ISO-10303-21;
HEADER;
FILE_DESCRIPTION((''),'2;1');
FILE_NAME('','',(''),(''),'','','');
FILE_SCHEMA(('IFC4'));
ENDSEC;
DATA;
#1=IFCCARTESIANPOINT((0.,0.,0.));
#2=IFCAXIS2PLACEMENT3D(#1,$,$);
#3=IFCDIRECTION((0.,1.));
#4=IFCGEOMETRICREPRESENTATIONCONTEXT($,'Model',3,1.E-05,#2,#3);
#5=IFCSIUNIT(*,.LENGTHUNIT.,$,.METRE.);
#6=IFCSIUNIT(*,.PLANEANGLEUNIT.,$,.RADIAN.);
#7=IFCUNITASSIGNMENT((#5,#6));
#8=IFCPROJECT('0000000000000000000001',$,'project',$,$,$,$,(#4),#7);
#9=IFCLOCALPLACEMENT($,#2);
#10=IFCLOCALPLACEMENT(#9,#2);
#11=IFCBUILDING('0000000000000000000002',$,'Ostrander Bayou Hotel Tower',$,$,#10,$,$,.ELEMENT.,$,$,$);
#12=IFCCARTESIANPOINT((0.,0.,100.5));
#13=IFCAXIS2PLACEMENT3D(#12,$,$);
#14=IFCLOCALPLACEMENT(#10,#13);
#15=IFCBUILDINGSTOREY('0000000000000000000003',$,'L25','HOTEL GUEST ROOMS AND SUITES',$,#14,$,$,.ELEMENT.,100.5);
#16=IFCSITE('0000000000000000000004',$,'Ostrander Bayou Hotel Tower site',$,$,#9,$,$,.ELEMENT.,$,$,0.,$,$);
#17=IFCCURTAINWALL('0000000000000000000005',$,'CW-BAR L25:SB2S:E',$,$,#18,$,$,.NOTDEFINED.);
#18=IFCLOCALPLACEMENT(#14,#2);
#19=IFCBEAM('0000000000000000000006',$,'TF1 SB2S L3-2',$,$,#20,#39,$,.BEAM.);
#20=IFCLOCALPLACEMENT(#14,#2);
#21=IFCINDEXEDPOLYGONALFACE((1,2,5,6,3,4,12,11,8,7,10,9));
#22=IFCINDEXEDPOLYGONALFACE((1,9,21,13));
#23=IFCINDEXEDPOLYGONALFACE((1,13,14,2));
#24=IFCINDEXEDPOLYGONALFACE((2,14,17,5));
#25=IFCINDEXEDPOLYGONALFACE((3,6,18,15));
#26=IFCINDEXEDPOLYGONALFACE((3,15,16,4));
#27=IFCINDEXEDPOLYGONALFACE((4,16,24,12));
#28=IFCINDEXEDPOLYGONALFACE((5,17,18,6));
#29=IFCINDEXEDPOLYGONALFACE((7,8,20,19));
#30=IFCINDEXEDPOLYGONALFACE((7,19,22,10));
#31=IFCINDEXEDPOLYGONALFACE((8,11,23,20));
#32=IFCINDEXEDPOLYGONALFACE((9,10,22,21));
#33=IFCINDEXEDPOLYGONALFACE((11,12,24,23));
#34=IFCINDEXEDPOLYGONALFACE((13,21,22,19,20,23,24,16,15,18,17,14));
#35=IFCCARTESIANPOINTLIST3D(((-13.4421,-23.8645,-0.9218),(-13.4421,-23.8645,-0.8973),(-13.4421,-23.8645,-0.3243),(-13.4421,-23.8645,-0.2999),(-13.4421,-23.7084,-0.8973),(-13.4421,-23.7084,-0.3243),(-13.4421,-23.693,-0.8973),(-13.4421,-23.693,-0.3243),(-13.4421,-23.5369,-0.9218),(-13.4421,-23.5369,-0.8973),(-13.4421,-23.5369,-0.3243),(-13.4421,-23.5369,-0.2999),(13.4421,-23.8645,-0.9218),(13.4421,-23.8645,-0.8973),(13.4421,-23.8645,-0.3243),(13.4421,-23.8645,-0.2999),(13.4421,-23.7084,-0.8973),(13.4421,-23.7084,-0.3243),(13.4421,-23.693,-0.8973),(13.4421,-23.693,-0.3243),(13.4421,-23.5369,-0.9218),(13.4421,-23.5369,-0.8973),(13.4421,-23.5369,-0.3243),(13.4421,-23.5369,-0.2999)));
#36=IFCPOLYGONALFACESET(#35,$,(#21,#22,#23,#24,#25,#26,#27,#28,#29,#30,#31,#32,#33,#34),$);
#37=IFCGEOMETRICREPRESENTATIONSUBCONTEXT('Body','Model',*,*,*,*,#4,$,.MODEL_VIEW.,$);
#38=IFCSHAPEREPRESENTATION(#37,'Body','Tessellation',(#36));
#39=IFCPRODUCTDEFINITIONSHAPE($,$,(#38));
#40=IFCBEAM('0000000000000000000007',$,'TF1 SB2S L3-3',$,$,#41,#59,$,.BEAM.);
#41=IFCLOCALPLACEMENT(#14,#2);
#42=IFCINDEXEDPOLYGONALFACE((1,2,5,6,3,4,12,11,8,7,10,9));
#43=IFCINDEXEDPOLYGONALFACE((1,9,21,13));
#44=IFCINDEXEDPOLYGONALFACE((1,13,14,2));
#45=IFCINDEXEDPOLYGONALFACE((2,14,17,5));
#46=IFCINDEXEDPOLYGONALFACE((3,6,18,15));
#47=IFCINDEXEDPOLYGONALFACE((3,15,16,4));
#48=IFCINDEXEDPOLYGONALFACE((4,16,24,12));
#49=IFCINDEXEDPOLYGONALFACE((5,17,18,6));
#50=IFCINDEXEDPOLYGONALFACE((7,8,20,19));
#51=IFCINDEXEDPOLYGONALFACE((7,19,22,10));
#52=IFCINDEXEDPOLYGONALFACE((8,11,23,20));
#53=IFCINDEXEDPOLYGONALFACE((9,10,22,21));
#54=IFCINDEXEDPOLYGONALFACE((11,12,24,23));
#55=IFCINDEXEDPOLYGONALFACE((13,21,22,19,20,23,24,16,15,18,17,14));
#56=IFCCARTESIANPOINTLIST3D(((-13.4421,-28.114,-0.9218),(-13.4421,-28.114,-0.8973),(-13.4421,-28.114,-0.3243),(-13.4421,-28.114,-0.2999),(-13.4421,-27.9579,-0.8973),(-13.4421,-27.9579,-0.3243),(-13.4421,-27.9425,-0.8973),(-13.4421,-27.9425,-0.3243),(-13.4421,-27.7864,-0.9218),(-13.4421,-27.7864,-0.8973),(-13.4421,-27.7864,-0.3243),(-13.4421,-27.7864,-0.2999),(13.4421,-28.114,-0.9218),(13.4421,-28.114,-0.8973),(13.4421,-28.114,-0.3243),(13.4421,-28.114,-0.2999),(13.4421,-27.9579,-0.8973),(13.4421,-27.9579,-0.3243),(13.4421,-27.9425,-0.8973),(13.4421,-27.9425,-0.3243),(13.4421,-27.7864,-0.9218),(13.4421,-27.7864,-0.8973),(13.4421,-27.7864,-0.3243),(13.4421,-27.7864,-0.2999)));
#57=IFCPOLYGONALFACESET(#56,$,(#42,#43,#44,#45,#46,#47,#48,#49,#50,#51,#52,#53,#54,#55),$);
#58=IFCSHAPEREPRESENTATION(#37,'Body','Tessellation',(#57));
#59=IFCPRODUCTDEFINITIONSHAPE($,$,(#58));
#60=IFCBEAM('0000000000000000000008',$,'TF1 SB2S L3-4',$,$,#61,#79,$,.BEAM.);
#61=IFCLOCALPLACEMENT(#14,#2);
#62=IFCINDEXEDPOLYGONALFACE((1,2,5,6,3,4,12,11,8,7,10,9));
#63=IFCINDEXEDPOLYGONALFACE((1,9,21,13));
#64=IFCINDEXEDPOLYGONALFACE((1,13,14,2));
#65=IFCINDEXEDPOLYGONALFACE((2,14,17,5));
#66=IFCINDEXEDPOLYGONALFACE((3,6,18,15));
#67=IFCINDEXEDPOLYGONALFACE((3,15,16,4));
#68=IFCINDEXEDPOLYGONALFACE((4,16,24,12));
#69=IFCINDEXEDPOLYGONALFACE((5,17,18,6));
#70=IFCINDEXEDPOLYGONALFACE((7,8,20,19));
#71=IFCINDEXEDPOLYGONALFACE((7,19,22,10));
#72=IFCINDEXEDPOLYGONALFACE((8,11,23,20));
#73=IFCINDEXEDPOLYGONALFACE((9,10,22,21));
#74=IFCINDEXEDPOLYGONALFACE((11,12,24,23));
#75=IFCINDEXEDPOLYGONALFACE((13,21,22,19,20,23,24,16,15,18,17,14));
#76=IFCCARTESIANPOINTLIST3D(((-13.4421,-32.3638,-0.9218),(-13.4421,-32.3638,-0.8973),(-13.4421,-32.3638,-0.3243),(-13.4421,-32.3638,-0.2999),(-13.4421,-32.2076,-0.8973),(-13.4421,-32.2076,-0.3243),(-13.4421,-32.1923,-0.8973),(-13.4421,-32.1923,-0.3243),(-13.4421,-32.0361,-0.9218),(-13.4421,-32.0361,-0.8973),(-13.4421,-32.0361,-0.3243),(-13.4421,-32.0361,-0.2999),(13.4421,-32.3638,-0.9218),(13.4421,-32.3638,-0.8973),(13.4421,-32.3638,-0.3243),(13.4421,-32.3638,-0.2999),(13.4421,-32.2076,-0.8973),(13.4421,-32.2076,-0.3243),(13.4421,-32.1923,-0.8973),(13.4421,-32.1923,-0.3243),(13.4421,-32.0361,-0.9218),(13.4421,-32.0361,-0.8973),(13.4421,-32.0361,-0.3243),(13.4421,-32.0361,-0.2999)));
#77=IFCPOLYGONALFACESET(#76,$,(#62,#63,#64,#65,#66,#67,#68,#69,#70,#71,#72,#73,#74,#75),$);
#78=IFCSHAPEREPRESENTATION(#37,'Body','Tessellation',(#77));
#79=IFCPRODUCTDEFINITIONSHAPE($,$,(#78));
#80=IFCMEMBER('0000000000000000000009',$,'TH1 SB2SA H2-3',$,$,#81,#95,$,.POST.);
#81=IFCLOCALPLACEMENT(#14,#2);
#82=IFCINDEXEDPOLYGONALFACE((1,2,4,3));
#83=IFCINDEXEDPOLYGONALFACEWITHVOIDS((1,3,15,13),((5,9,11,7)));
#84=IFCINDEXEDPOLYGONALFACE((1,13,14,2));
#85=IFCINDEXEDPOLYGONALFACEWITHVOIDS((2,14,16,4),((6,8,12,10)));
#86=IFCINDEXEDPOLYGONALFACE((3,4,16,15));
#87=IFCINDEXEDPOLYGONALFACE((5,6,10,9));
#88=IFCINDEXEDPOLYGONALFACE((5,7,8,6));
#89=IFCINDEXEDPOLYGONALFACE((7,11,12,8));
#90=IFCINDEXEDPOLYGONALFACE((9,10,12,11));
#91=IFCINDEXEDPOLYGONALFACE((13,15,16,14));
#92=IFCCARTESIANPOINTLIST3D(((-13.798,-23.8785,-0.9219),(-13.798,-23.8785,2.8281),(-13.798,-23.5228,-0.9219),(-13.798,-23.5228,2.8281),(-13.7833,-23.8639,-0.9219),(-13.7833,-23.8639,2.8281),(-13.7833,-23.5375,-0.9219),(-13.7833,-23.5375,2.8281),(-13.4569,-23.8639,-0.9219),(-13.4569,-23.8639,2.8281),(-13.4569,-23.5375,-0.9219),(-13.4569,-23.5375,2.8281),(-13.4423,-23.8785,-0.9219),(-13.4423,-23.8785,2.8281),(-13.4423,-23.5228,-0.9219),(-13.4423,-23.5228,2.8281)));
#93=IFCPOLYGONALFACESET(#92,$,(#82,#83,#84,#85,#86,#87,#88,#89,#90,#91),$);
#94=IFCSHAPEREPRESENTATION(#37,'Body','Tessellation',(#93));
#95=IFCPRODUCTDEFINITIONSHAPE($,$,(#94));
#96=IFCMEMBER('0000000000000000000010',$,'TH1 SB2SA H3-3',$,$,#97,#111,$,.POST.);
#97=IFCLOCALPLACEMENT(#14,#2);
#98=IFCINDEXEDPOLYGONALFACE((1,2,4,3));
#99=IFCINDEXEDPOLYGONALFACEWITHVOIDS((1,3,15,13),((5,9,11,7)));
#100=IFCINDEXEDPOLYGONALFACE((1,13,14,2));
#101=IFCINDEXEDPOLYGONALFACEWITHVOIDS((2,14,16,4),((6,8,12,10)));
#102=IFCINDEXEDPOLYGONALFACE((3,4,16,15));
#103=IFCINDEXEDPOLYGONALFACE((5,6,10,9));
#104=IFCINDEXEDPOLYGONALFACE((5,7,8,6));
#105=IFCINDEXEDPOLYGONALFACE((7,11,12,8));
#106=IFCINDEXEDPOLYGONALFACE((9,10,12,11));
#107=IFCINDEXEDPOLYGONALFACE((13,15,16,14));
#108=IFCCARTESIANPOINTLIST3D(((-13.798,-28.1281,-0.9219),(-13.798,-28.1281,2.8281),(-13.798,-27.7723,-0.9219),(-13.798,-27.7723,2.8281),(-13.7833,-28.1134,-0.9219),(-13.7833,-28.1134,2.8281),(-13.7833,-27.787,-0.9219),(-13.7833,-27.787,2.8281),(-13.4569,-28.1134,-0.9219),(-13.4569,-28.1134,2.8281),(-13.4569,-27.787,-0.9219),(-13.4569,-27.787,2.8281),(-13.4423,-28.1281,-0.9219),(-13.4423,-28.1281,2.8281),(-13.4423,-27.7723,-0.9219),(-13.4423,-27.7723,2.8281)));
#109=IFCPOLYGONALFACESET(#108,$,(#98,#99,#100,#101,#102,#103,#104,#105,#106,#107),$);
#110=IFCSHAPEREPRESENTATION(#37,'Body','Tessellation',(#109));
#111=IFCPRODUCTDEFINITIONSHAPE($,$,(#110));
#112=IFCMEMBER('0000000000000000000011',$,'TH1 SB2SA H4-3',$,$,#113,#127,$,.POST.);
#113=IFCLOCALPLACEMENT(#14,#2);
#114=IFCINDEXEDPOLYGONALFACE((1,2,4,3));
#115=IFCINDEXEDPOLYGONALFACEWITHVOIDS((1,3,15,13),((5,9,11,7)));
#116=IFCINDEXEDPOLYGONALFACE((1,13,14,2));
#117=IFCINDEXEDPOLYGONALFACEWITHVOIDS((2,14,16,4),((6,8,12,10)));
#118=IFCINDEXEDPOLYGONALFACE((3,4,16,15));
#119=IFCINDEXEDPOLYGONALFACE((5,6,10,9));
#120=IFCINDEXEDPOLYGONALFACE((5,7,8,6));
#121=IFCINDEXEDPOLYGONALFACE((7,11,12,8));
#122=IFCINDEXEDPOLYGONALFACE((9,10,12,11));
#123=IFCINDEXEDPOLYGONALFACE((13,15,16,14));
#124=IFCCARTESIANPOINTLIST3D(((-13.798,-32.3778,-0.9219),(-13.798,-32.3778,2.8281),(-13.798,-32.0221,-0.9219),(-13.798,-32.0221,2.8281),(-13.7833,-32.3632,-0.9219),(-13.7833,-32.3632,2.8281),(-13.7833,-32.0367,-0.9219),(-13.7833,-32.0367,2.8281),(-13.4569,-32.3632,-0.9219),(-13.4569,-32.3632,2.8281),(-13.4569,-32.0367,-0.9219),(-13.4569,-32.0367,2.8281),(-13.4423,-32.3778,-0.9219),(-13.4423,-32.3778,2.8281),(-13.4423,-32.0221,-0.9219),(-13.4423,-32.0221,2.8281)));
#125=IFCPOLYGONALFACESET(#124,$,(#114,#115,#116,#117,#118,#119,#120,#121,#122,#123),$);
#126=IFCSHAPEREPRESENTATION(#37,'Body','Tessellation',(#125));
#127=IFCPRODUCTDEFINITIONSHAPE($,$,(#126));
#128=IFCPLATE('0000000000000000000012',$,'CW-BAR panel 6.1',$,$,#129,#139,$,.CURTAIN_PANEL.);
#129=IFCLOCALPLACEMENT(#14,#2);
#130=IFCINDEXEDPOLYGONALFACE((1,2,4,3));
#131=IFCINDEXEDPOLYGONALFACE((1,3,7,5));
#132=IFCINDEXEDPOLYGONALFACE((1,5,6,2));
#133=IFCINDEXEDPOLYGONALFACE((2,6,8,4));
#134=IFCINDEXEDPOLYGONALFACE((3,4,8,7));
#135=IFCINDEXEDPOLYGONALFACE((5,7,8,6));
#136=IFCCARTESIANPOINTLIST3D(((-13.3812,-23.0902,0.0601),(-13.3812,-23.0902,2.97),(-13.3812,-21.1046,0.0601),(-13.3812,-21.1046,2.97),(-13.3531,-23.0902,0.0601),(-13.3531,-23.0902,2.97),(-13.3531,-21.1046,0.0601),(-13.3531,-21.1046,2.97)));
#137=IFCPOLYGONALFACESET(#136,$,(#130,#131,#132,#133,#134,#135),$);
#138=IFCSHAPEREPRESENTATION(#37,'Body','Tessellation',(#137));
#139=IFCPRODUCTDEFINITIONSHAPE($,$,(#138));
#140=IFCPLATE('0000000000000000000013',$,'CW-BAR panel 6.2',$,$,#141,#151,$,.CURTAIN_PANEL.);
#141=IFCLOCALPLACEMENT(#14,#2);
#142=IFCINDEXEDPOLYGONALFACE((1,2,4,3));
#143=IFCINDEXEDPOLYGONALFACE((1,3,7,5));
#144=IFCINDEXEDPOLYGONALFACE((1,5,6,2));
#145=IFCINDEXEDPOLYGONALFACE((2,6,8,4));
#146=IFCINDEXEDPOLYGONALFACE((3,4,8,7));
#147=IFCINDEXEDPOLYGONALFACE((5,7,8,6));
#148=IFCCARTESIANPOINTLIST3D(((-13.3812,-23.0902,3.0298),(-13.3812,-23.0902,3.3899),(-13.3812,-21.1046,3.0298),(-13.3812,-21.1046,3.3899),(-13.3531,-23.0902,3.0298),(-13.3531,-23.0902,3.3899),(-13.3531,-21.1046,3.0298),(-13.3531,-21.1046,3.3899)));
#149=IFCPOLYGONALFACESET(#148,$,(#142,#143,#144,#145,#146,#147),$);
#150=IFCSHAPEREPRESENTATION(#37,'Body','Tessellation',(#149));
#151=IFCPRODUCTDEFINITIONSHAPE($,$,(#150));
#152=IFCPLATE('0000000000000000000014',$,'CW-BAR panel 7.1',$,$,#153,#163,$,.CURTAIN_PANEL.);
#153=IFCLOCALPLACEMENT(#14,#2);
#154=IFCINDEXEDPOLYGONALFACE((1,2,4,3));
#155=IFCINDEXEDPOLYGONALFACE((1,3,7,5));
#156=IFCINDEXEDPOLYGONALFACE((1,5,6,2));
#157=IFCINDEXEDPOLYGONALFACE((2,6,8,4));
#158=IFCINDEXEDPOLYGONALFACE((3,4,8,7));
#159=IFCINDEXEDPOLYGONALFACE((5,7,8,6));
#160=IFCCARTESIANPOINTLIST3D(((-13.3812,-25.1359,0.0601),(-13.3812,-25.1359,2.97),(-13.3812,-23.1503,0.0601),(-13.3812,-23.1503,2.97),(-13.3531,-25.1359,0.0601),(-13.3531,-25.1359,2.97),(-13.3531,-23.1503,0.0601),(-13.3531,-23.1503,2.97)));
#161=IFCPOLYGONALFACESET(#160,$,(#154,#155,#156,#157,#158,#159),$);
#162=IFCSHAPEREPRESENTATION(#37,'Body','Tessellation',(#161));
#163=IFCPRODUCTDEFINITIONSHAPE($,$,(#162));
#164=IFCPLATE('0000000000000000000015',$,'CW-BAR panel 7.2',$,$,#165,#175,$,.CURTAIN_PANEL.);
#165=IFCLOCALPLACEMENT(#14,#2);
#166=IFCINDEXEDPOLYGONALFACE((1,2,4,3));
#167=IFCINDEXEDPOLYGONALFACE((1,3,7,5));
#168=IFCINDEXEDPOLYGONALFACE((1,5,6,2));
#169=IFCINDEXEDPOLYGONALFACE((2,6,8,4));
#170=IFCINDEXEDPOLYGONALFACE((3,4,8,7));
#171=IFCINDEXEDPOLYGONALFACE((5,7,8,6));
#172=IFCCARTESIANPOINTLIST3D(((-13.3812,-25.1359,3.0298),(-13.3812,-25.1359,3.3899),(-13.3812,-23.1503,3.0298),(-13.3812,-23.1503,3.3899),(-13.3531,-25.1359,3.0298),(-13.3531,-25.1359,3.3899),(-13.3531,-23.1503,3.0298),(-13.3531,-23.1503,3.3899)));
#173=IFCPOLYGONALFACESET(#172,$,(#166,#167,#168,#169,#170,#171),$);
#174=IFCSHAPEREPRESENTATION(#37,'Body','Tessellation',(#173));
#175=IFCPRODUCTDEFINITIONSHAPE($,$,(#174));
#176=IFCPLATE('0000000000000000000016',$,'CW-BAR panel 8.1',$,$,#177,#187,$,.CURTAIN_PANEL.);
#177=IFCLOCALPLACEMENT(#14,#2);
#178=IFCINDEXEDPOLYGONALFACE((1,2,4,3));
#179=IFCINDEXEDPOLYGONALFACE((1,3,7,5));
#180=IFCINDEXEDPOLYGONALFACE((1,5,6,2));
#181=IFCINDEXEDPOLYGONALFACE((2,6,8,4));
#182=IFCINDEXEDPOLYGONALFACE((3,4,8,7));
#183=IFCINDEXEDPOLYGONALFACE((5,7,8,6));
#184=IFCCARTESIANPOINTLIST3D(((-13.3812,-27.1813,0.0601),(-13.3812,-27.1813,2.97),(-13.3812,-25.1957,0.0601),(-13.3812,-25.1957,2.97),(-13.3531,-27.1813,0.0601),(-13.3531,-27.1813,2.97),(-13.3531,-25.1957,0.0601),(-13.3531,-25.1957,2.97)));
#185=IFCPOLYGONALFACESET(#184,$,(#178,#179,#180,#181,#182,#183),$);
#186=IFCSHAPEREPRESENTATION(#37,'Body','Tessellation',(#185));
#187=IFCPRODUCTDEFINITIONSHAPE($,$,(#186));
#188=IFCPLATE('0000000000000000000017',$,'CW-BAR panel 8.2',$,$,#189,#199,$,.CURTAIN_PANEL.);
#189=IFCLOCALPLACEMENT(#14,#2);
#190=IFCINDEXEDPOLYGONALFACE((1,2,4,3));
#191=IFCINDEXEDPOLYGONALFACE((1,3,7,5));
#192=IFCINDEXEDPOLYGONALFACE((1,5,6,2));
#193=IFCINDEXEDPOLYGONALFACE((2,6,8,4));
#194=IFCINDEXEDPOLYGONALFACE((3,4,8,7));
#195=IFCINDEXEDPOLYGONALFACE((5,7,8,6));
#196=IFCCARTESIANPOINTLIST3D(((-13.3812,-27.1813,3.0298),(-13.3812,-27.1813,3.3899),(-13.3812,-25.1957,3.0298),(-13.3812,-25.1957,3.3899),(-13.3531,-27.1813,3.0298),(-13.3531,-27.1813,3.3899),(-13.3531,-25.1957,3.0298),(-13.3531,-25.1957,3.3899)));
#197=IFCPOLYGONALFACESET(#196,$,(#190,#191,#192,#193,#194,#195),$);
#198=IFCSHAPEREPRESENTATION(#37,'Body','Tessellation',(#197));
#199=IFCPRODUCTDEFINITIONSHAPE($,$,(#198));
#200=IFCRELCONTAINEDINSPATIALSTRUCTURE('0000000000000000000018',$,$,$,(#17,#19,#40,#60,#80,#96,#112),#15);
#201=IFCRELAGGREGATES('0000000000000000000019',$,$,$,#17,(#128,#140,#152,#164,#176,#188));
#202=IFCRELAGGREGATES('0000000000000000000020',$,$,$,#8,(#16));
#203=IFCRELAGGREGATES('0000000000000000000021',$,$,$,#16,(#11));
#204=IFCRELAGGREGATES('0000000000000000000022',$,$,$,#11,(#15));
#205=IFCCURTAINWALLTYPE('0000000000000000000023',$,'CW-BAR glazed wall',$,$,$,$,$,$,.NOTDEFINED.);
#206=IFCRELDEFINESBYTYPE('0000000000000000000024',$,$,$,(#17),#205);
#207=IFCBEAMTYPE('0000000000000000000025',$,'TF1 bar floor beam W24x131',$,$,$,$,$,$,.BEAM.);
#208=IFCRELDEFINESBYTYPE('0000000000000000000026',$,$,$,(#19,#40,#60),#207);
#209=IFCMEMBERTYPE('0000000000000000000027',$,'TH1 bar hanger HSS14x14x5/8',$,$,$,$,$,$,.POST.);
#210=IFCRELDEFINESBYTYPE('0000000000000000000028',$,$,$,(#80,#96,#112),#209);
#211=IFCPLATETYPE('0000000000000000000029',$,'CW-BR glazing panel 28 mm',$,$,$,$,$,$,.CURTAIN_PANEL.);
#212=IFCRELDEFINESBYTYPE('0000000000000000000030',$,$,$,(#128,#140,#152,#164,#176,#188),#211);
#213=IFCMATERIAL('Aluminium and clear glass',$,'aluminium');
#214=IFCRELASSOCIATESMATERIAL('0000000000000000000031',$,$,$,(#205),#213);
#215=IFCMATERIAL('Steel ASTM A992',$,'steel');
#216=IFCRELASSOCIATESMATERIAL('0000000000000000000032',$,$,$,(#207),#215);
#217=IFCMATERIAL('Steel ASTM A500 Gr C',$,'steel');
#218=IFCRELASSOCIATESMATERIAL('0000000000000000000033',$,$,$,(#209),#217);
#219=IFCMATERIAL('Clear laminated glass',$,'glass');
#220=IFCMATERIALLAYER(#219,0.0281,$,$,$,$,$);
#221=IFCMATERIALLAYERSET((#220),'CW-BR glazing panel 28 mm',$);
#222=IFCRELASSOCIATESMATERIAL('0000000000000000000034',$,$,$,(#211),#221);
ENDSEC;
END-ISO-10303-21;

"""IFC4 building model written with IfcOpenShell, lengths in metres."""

from ifc_helpers import new_model, si_unit, direction, frame, origin, origin_2d, place, context, subcontext, project, spatial, rectangle, hollow_rectangle, i_section, extrude, material, layer, layer_set, material_profile, profile_set, type_object, element, aggregate, save


model = new_model("IFC4")

# Units and contexts
model_context = context("Model", 3, precision=1e-05, world=origin(), true_north=direction((0.0, 1.0)))
body_context = subcontext(model_context, "Body", "Model", "MODEL_VIEW")
ifc_project = project(units=[si_unit("LENGTHUNIT", "METRE"), si_unit("PLANEANGLEUNIT", "RADIAN")], contexts=[model_context])

# Site, building, storey
site_placement = place(None, origin())
site = spatial("IfcSite", under=ifc_project, at=site_placement, Name="Ostrander Bayou Hotel Tower site", CompositionType="ELEMENT", RefElevation=0.0)
building_placement = place(site_placement, origin())
building = spatial("IfcBuilding", under=site, at=building_placement, Name="Ostrander Bayou Hotel Tower", CompositionType="ELEMENT")
storey_placement = place(building_placement, frame((0.0, 0.0, 100.5)))
storey = spatial("IfcBuildingStorey", under=building, at=storey_placement, Name="L25", Description="HOTEL GUEST ROOMS AND SUITES", CompositionType="ELEMENT", Elevation=100.5)

# Curtain wall
ifc_material_1 = material(Name="Aluminium and clear glass", Category="aluminium")
curtain_wall_type = type_object("IfcCurtainWallType", Name="CW-BAR glazed wall", PredefinedType="NOTDEFINED", material=ifc_material_1)
curtain_wall_placement = place(storey_placement, origin())
curtain_wall = element("IfcCurtainWall", 1, at=curtain_wall_placement, inside=storey, type_object=curtain_wall_type, Name="CW-BAR L25:SB2S:E", PredefinedType="NOTDEFINED")

# Beams
ifc_material_2 = material(Name="Steel ASTM A992", Category="steel")
ifc_material_profile_1 = material_profile(ifc_material_2, i_section(OverallWidth=0.3276, OverallDepth=0.6218, WebThickness=0.0154, FlangeThickness=0.0244, at=origin_2d()))
ifc_profile_set_1 = profile_set([ifc_material_profile_1], Name="Steel ASTM A992")
beam_type = type_object("IfcBeamType", Name="TF1 bar floor beam W24x131", PredefinedType="BEAM", material=ifc_profile_set_1)
for number, where, z_axis, x_axis, name in (
    (2, (-13.4421, -23.7007, -0.6108), (1.0, 0.0, 0.0), (0.0, 1.0, 0.0), "TF1 SB2S L3-2"),
    (3, (-13.4421, -27.9502, -0.6108), (1.0, 0.0, 0.0), (0.0, 1.0, 0.0), "TF1 SB2S L3-3"),
    (4, (-13.4421, -32.2, -0.6108), (1.0, 0.0, 0.0), (0.0, 1.0, 0.0), "TF1 SB2S L3-4"),
):
    element("IfcBeam", number, at=place(storey_placement, frame(where, z_axis=z_axis, x_axis=x_axis)), inside=storey, type_object=beam_type, Name=name, PredefinedType="BEAM", context=body_context, shape_type="SweptSolid", body=[
        extrude(i_section(OverallWidth=0.3276, OverallDepth=0.6218, WebThickness=0.0154, FlangeThickness=0.0244, at=origin_2d()), origin(), (0.0, 0.0, 1.0), 26.8843),
    ])

# Members
ifc_material_3 = material(Name="Steel ASTM A500 Gr C", Category="steel")
ifc_material_profile_2 = material_profile(ifc_material_3, hollow_rectangle(XDim=0.3557, YDim=0.3557, WallThickness=0.0146, at=origin_2d()))
ifc_profile_set_2 = profile_set([ifc_material_profile_2], Name="Steel ASTM A500 Gr C")
member_type_1 = type_object("IfcMemberType", Name="TH1 bar hanger HSS14x14x5/8", PredefinedType="POST", material=ifc_profile_set_2)
for number, where, z_axis, x_axis, name in (
    (5, (-13.6201, -23.7007, -0.9219), (0.0, 0.0, 1.0), (1.0, 0.0, 0.0), "TH1 SB2SA H2-3"),
    (6, (-13.6201, -27.9502, -0.9219), (0.0, 0.0, 1.0), (1.0, 0.0, 0.0), "TH1 SB2SA H3-3"),
    (7, (-13.6201, -32.2, -0.9219), (0.0, 0.0, 1.0), (1.0, 0.0, 0.0), "TH1 SB2SA H4-3"),
):
    element("IfcMember", number, at=place(storey_placement, frame(where, z_axis=z_axis, x_axis=x_axis)), inside=storey, type_object=member_type_1, Name=name, PredefinedType="POST", context=body_context, shape_type="SweptSolid", body=[
        extrude(hollow_rectangle(XDim=0.3557, YDim=0.3557, WallThickness=0.0146, at=origin_2d()), origin(), (0.0, 0.0, 1.0), 3.75),
    ])

# Plates
ifc_material_4 = material(Name="Clear laminated glass", Category="glass")
ifc_layer_1 = layer(ifc_material_4, 0.0281)
ifc_layer_set_1 = layer_set([ifc_layer_1], Name="CW-BR glazing panel 28 mm")
plate_type = type_object("IfcPlateType", Name="CW-BR glazing panel 28 mm", PredefinedType="CURTAIN_PANEL", material=ifc_layer_set_1)
plate_1_placement = place(storey_placement, frame((-13.3672, -22.0974, 0.0601), z_axis=(0.0, 0.0, 1.0), x_axis=(0.0, -1.0, 0.0)))
plate_1 = element("IfcPlate", 8, at=plate_1_placement, type_object=plate_type, Name="CW-BAR panel 6.1", PredefinedType="CURTAIN_PANEL", context=body_context, shape_type="SweptSolid", body=[
    extrude(rectangle(XDim=1.9856, YDim=0.0281, at=origin_2d()), origin(), (0.0, 0.0, 1.0), 2.9099),
])
plate_2_placement = place(storey_placement, frame((-13.3672, -22.0974, 3.0298), z_axis=(0.0, 0.0, 1.0), x_axis=(0.0, -1.0, 0.0)))
plate_2 = element("IfcPlate", 9, at=plate_2_placement, type_object=plate_type, Name="CW-BAR panel 6.2", PredefinedType="CURTAIN_PANEL", context=body_context, shape_type="SweptSolid", body=[
    extrude(rectangle(XDim=1.9856, YDim=0.0281, at=origin_2d()), origin(), (0.0, 0.0, 1.0), 0.3601),
])
plate_3_placement = place(storey_placement, frame((-13.3672, -24.1431, 0.0601), z_axis=(0.0, 0.0, 1.0), x_axis=(0.0, -1.0, 0.0)))
plate_3 = element("IfcPlate", 10, at=plate_3_placement, type_object=plate_type, Name="CW-BAR panel 7.1", PredefinedType="CURTAIN_PANEL", context=body_context, shape_type="SweptSolid", body=[
    extrude(rectangle(XDim=1.9856, YDim=0.0281, at=origin_2d()), origin(), (0.0, 0.0, 1.0), 2.9099),
])
plate_4_placement = place(storey_placement, frame((-13.3672, -24.1431, 3.0298), z_axis=(0.0, 0.0, 1.0), x_axis=(0.0, -1.0, 0.0)))
plate_4 = element("IfcPlate", 11, at=plate_4_placement, type_object=plate_type, Name="CW-BAR panel 7.2", PredefinedType="CURTAIN_PANEL", context=body_context, shape_type="SweptSolid", body=[
    extrude(rectangle(XDim=1.9856, YDim=0.0281, at=origin_2d()), origin(), (0.0, 0.0, 1.0), 0.3601),
])
plate_5_placement = place(storey_placement, frame((-13.3672, -26.1885, 0.0601), z_axis=(0.0, 0.0, 1.0), x_axis=(0.0, -1.0, 0.0)))
plate_5 = element("IfcPlate", 12, at=plate_5_placement, type_object=plate_type, Name="CW-BAR panel 8.1", PredefinedType="CURTAIN_PANEL", context=body_context, shape_type="SweptSolid", body=[
    extrude(rectangle(XDim=1.9856, YDim=0.0281, at=origin_2d()), origin(), (0.0, 0.0, 1.0), 2.9099),
])
plate_6_placement = place(storey_placement, frame((-13.3672, -26.1885, 3.0298), z_axis=(0.0, 0.0, 1.0), x_axis=(0.0, -1.0, 0.0)))
plate_6 = element("IfcPlate", 13, at=plate_6_placement, type_object=plate_type, Name="CW-BAR panel 8.2", PredefinedType="CURTAIN_PANEL", context=body_context, shape_type="SweptSolid", body=[
    extrude(rectangle(XDim=1.9856, YDim=0.0281, at=origin_2d()), origin(), (0.0, 0.0, 1.0), 0.3601),
])
aggregate(curtain_wall, [plate_1, plate_2, plate_3, plate_4, plate_5, plate_6])

save(model, "model.ifc")
